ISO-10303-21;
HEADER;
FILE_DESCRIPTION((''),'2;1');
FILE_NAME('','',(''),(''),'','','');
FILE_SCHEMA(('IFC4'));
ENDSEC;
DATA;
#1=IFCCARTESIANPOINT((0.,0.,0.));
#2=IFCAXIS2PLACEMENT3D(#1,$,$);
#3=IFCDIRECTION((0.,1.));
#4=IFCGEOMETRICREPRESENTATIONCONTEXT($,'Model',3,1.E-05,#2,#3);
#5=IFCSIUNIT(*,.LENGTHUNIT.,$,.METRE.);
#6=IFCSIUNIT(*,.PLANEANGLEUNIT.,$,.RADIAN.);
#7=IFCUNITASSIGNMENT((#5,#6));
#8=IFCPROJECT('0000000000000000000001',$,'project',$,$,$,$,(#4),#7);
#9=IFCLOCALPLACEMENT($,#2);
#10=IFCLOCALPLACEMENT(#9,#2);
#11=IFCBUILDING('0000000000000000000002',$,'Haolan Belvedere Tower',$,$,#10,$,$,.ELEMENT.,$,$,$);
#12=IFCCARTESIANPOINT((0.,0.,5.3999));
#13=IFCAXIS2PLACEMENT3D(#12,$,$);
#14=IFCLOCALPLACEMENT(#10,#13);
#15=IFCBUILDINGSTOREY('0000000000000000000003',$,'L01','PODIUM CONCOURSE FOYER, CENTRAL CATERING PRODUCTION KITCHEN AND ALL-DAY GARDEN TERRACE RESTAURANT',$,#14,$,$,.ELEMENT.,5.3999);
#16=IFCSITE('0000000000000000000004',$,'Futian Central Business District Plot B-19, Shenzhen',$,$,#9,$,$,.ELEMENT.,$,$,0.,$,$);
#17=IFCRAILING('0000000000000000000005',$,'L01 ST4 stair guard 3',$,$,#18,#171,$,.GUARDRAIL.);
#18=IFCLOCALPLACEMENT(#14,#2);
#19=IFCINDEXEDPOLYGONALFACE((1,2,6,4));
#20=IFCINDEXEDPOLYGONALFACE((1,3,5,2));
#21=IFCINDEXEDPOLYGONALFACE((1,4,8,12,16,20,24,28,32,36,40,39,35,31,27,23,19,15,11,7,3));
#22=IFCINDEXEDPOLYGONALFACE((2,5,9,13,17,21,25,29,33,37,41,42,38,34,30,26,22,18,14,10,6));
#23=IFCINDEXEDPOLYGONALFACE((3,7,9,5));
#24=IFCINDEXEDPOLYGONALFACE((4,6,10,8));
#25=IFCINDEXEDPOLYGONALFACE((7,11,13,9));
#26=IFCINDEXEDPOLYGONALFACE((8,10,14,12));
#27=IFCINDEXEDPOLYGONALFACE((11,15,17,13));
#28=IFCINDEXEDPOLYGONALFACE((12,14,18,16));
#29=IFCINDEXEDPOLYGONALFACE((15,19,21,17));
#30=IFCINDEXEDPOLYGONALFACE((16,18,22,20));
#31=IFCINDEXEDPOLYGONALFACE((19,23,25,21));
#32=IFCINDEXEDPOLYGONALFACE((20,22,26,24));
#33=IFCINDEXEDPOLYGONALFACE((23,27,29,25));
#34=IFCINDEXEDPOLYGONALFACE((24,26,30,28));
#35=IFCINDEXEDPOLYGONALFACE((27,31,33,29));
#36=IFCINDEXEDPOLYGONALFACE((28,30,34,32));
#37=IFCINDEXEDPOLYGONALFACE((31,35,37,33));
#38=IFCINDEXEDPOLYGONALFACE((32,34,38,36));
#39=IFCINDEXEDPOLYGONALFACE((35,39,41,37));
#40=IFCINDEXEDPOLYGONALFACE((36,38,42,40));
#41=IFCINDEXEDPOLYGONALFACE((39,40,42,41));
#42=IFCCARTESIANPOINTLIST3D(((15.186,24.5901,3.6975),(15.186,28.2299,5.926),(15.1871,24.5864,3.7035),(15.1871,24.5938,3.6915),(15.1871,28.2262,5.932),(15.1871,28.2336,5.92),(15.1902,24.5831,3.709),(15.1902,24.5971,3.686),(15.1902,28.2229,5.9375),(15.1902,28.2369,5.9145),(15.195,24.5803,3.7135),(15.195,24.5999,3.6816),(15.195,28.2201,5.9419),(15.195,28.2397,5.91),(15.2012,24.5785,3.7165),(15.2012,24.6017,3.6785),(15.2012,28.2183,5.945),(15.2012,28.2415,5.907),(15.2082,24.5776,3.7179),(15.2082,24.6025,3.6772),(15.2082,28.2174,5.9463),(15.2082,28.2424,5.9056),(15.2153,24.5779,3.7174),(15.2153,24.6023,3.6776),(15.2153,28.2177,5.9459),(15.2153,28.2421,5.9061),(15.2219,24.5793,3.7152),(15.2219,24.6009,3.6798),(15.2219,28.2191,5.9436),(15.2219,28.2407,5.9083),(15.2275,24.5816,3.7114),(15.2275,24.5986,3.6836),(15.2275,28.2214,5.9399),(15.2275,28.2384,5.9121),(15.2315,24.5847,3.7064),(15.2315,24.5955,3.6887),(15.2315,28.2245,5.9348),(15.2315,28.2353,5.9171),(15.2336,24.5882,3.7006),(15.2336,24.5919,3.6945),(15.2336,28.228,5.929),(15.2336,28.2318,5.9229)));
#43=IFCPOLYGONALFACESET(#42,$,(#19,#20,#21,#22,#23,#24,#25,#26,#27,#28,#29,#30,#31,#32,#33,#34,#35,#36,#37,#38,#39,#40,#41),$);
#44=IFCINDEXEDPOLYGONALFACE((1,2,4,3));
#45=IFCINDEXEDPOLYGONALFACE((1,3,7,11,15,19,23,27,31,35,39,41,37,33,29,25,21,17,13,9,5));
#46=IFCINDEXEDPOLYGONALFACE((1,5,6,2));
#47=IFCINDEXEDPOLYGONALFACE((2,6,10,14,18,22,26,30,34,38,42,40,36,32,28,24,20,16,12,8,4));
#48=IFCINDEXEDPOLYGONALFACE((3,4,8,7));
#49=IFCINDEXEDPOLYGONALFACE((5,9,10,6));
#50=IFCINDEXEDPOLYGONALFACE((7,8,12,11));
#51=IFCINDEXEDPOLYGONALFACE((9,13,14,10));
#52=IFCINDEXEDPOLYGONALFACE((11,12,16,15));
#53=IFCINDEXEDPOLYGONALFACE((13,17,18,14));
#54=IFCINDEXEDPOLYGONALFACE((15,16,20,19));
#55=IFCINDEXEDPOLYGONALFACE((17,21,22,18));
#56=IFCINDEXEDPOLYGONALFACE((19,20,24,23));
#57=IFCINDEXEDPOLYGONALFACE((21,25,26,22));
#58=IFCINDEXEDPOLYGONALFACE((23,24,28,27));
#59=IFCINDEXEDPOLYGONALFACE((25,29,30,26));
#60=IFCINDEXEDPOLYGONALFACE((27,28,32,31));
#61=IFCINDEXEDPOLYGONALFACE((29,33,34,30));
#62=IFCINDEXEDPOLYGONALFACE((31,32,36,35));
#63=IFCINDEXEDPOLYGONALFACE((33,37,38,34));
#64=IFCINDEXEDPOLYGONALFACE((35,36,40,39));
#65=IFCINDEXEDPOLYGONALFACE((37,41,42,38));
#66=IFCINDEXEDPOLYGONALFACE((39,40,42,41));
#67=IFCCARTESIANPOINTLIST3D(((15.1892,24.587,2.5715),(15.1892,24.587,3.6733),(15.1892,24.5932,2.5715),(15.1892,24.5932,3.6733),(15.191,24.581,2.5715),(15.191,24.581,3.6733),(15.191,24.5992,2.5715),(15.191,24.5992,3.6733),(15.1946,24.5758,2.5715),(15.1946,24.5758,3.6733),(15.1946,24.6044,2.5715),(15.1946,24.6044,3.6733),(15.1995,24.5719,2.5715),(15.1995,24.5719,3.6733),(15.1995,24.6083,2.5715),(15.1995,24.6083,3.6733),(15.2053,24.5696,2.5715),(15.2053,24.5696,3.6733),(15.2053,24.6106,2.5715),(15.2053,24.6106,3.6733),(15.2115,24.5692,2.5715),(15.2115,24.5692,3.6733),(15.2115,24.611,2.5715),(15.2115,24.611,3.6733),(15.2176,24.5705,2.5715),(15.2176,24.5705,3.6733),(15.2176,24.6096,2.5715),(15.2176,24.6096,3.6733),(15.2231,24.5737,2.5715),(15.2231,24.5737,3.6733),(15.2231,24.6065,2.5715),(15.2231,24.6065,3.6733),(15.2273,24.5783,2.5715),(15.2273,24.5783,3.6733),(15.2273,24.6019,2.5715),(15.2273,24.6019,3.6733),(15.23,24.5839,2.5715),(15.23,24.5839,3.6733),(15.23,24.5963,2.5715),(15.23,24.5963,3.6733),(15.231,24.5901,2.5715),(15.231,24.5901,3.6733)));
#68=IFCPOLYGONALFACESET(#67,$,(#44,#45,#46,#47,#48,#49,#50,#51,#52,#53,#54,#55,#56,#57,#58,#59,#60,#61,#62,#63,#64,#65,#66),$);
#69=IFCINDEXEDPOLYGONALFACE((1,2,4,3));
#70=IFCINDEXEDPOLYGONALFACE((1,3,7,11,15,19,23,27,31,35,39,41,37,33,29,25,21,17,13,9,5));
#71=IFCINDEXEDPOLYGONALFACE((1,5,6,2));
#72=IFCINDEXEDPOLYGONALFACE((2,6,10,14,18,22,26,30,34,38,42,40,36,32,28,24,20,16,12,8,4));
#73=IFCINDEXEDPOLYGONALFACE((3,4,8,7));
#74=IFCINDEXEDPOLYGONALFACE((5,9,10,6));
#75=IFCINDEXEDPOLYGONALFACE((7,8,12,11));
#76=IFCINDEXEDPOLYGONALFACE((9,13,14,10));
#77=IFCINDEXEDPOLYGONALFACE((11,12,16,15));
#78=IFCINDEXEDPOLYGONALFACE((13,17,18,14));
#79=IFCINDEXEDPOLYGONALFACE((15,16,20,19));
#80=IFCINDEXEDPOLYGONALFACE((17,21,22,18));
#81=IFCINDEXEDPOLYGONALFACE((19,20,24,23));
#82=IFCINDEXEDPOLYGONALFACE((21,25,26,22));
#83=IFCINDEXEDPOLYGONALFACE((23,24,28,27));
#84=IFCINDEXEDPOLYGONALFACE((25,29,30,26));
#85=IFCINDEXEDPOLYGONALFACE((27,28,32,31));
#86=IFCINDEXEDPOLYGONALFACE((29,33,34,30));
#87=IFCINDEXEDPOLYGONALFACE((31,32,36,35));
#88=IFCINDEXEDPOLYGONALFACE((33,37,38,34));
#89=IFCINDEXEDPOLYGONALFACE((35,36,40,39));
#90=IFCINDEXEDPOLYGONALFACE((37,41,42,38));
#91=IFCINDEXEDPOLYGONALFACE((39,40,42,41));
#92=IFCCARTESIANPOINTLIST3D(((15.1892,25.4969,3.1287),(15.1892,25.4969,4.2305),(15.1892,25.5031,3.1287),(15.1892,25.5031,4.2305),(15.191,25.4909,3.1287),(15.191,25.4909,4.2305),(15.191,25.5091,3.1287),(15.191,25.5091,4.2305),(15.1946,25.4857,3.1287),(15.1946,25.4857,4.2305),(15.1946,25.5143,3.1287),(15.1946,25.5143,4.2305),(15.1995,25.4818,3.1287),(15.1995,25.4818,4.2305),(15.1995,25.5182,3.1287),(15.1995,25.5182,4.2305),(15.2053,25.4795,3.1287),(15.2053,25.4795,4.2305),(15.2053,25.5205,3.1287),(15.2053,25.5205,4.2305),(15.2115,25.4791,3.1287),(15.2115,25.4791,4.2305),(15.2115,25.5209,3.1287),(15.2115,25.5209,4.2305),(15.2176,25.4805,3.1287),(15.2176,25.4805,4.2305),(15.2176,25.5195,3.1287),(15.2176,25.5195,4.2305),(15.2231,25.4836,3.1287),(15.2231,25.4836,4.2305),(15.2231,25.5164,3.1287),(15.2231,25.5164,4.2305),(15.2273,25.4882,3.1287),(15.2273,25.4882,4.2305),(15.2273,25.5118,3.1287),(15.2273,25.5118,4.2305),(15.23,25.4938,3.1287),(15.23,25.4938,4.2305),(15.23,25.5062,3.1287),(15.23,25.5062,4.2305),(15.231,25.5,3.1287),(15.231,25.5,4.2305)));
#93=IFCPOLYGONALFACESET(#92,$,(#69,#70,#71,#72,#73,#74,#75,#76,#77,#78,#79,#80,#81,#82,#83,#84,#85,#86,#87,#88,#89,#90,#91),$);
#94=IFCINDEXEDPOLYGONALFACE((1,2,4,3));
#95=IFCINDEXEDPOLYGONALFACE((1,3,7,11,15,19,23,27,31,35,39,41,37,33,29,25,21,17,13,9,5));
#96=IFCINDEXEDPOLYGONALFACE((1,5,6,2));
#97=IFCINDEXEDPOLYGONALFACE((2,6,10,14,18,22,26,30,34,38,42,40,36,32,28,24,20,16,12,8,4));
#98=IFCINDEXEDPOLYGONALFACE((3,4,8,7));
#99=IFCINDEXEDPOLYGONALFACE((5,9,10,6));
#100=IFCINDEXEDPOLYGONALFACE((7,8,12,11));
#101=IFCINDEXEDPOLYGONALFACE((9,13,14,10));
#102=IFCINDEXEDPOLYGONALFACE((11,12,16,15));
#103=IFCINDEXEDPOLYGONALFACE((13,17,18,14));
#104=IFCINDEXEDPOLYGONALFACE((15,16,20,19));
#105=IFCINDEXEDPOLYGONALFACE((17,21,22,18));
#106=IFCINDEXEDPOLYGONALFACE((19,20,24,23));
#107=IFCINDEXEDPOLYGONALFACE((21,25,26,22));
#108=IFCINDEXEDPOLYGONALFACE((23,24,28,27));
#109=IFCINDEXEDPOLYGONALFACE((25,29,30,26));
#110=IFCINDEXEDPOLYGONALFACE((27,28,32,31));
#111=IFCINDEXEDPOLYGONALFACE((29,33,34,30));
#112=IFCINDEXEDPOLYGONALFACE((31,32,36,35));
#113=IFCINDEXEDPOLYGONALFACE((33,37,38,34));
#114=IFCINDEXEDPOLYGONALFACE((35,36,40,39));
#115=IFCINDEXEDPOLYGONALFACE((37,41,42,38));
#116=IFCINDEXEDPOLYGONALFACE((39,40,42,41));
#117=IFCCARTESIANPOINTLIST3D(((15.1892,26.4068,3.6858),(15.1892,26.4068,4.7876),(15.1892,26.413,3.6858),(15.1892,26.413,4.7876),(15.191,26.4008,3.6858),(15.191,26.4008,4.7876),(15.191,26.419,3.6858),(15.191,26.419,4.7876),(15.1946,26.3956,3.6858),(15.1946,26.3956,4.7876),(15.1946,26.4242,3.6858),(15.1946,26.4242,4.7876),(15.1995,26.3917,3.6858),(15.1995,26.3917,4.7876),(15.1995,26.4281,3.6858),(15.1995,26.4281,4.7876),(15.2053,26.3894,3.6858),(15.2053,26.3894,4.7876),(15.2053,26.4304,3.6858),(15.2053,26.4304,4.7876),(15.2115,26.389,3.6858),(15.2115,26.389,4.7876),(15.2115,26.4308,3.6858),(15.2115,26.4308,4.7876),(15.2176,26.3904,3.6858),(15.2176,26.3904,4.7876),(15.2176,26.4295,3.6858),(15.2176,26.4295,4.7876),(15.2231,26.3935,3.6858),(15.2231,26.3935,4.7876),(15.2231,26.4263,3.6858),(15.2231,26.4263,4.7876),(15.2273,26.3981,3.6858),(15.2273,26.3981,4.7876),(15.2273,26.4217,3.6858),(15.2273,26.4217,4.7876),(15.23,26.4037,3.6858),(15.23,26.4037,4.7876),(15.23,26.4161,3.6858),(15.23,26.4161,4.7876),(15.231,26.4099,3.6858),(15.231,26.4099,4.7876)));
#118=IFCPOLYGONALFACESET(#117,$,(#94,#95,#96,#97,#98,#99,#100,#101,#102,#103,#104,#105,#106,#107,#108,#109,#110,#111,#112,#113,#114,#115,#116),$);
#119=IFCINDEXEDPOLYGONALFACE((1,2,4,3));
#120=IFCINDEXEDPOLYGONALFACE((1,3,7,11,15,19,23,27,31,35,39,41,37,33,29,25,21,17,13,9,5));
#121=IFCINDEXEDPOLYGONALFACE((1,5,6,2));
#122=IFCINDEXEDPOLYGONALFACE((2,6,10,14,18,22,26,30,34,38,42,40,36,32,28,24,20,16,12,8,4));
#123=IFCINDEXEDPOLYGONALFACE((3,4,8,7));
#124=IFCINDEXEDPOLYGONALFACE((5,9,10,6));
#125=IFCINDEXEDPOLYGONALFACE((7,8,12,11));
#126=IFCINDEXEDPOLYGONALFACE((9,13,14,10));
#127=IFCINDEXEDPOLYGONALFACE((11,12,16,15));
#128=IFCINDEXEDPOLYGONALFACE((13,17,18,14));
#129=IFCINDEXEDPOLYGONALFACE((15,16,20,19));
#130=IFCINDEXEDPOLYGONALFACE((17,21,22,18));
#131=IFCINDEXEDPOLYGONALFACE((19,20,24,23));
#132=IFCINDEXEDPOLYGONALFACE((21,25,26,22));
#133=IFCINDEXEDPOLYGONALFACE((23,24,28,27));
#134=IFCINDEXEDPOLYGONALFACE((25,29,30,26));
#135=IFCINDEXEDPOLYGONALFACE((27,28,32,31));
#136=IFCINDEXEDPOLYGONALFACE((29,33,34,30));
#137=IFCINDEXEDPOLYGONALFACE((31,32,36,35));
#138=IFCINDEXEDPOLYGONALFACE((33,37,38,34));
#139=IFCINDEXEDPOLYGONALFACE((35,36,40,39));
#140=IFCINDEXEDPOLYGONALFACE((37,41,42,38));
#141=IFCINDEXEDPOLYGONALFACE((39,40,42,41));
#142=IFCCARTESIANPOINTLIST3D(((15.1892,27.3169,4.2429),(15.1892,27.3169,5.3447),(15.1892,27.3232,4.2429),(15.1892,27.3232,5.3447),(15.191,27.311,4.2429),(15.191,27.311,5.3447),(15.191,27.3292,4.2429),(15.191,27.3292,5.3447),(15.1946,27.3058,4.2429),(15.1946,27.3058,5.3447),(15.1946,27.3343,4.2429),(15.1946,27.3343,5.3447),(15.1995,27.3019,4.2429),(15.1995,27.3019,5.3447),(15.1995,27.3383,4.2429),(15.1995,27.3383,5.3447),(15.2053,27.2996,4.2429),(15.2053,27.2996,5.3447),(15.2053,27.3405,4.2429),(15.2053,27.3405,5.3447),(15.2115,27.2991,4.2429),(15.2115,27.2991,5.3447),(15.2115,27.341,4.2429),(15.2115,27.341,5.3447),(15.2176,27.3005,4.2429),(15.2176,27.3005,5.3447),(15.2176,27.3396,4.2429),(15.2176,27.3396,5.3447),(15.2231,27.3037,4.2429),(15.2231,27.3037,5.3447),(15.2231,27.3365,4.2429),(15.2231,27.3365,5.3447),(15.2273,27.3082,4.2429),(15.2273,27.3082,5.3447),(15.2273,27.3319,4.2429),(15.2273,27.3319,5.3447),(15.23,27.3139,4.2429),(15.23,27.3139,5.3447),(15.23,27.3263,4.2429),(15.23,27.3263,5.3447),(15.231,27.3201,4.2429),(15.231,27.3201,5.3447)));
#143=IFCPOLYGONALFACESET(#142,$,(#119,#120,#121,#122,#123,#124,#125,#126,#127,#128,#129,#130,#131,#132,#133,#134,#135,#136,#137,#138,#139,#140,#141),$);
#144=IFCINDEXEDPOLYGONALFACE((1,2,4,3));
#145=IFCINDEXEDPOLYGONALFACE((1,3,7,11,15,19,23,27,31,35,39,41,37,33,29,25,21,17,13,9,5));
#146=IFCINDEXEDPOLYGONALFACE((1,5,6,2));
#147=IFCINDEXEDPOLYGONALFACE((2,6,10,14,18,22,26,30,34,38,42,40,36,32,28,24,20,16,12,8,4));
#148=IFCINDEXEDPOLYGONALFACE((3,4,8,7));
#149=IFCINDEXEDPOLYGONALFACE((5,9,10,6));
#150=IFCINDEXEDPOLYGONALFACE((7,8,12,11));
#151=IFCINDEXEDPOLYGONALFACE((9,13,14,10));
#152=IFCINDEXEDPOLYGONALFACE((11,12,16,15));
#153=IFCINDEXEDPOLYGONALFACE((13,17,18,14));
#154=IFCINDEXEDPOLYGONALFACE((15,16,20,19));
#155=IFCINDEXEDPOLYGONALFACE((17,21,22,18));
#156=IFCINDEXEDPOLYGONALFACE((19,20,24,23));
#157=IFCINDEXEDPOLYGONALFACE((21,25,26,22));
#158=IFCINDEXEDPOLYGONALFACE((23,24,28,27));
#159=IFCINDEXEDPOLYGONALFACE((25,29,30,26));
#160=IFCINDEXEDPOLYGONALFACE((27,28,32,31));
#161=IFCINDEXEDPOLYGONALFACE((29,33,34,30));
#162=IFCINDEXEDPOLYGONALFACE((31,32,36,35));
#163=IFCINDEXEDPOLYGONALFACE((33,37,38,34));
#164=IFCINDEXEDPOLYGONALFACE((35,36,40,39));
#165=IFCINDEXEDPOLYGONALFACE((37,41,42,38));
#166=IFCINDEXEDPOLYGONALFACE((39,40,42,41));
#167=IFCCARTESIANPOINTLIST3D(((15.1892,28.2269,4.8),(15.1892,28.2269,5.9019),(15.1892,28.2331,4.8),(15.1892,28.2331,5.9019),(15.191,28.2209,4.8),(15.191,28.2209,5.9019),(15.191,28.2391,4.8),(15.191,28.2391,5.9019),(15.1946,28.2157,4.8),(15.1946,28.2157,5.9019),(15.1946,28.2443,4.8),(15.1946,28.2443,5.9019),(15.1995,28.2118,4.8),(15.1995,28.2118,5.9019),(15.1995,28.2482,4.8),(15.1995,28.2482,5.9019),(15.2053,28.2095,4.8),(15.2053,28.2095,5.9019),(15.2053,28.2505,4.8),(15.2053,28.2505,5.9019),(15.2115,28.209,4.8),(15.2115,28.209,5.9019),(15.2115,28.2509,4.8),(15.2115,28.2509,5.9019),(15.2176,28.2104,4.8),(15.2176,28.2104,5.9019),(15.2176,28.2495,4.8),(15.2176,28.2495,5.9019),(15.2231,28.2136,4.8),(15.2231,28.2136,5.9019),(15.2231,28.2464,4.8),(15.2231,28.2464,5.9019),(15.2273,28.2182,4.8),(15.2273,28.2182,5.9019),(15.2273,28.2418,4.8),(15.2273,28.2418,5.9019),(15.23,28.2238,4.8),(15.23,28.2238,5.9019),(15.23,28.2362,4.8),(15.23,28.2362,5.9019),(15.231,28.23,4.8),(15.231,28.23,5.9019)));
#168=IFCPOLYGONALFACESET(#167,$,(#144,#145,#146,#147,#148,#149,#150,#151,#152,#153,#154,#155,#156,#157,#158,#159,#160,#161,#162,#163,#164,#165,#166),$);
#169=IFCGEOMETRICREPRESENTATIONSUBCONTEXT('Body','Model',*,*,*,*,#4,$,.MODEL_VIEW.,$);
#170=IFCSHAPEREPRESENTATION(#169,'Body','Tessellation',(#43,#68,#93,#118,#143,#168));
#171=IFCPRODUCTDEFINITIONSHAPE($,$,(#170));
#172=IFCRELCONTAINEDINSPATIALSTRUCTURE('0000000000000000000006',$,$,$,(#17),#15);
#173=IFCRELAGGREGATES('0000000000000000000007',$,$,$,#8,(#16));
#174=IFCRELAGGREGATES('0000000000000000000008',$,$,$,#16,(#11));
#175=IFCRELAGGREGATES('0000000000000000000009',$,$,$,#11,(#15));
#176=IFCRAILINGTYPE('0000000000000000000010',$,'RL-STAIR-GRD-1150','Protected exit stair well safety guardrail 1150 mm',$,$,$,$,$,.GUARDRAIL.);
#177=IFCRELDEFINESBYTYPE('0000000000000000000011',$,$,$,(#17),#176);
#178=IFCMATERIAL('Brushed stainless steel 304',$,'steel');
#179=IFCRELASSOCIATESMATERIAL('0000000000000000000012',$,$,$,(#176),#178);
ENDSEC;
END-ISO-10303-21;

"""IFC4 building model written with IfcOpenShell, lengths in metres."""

from ifc_helpers import new_model, si_unit, direction, frame, origin, origin_2d, place, context, subcontext, project, spatial, circle, extrude, material, type_object, element, save


model = new_model("IFC4")

# Units and contexts
model_context = context("Model", 3, precision=1e-05, world=origin(), true_north=direction((0.0, 1.0)))
body_context = subcontext(model_context, "Body", "Model", "MODEL_VIEW")
ifc_project = project(units=[si_unit("LENGTHUNIT", "METRE"), si_unit("PLANEANGLEUNIT", "RADIAN")], contexts=[model_context])

# Site, building, storey
site_placement = place(None, origin())
site = spatial("IfcSite", under=ifc_project, at=site_placement, Name="Futian Central Business District Plot B-19, Shenzhen", CompositionType="ELEMENT", RefElevation=0.0)
building_placement = place(site_placement, origin())
building = spatial("IfcBuilding", under=site, at=building_placement, Name="Haolan Belvedere Tower", CompositionType="ELEMENT")
storey_placement = place(building_placement, frame((0.0, 0.0, 5.3999)))
storey = spatial("IfcBuildingStorey", under=building, at=storey_placement, Name="L01", Description="PODIUM CONCOURSE FOYER, CENTRAL CATERING PRODUCTION KITCHEN AND ALL-DAY GARDEN TERRACE RESTAURANT", CompositionType="ELEMENT", Elevation=5.3999)

# Railing
ifc_material_1 = material(Name="Brushed stainless steel 304", Category="steel")
railing_type_1 = type_object("IfcRailingType", Name="RL-STAIR-GRD-1150", Description="Protected exit stair well safety guardrail 1150 mm", PredefinedType="GUARDRAIL", material=ifc_material_1)
railing_1_placement = place(storey_placement, frame((15.21, 24.5901, 2.5715)))
element("IfcRailing", 1, at=railing_1_placement, inside=storey, type_object=railing_type_1, Name="L01 ST4 stair guard 3", PredefinedType="GUARDRAIL", context=body_context, shape_type="SweptSolid", body=[
    extrude(circle(Radius=0.0239, at=origin_2d()), frame((0.0, 0.0, 1.126), z_axis=(0.0, 0.85285, 0.522156), x_axis=(-1.0, 0.0, 0.0)), (0.0, 0.0, 1.0), 4.2678),
    extrude(circle(Radius=0.021, at=origin_2d()), origin(), (0.0, 0.0, 1.0), 1.1018),
    extrude(circle(Radius=0.021, at=origin_2d()), frame((0.0, 0.9099, 0.5571)), (0.0, 0.0, 1.0), 1.1018),
    extrude(circle(Radius=0.021, at=origin_2d()), frame((0.0, 1.8198, 1.1143)), (0.0, 0.0, 1.0), 1.1018),
    extrude(circle(Radius=0.021, at=origin_2d()), frame((0.0, 2.73, 1.6714)), (0.0, 0.0, 1.0), 1.1018),
    extrude(circle(Radius=0.021, at=origin_2d()), frame((0.0, 3.6399, 2.2285)), (0.0, 0.0, 1.0), 1.1018),
])

save(model, "model.ifc")
